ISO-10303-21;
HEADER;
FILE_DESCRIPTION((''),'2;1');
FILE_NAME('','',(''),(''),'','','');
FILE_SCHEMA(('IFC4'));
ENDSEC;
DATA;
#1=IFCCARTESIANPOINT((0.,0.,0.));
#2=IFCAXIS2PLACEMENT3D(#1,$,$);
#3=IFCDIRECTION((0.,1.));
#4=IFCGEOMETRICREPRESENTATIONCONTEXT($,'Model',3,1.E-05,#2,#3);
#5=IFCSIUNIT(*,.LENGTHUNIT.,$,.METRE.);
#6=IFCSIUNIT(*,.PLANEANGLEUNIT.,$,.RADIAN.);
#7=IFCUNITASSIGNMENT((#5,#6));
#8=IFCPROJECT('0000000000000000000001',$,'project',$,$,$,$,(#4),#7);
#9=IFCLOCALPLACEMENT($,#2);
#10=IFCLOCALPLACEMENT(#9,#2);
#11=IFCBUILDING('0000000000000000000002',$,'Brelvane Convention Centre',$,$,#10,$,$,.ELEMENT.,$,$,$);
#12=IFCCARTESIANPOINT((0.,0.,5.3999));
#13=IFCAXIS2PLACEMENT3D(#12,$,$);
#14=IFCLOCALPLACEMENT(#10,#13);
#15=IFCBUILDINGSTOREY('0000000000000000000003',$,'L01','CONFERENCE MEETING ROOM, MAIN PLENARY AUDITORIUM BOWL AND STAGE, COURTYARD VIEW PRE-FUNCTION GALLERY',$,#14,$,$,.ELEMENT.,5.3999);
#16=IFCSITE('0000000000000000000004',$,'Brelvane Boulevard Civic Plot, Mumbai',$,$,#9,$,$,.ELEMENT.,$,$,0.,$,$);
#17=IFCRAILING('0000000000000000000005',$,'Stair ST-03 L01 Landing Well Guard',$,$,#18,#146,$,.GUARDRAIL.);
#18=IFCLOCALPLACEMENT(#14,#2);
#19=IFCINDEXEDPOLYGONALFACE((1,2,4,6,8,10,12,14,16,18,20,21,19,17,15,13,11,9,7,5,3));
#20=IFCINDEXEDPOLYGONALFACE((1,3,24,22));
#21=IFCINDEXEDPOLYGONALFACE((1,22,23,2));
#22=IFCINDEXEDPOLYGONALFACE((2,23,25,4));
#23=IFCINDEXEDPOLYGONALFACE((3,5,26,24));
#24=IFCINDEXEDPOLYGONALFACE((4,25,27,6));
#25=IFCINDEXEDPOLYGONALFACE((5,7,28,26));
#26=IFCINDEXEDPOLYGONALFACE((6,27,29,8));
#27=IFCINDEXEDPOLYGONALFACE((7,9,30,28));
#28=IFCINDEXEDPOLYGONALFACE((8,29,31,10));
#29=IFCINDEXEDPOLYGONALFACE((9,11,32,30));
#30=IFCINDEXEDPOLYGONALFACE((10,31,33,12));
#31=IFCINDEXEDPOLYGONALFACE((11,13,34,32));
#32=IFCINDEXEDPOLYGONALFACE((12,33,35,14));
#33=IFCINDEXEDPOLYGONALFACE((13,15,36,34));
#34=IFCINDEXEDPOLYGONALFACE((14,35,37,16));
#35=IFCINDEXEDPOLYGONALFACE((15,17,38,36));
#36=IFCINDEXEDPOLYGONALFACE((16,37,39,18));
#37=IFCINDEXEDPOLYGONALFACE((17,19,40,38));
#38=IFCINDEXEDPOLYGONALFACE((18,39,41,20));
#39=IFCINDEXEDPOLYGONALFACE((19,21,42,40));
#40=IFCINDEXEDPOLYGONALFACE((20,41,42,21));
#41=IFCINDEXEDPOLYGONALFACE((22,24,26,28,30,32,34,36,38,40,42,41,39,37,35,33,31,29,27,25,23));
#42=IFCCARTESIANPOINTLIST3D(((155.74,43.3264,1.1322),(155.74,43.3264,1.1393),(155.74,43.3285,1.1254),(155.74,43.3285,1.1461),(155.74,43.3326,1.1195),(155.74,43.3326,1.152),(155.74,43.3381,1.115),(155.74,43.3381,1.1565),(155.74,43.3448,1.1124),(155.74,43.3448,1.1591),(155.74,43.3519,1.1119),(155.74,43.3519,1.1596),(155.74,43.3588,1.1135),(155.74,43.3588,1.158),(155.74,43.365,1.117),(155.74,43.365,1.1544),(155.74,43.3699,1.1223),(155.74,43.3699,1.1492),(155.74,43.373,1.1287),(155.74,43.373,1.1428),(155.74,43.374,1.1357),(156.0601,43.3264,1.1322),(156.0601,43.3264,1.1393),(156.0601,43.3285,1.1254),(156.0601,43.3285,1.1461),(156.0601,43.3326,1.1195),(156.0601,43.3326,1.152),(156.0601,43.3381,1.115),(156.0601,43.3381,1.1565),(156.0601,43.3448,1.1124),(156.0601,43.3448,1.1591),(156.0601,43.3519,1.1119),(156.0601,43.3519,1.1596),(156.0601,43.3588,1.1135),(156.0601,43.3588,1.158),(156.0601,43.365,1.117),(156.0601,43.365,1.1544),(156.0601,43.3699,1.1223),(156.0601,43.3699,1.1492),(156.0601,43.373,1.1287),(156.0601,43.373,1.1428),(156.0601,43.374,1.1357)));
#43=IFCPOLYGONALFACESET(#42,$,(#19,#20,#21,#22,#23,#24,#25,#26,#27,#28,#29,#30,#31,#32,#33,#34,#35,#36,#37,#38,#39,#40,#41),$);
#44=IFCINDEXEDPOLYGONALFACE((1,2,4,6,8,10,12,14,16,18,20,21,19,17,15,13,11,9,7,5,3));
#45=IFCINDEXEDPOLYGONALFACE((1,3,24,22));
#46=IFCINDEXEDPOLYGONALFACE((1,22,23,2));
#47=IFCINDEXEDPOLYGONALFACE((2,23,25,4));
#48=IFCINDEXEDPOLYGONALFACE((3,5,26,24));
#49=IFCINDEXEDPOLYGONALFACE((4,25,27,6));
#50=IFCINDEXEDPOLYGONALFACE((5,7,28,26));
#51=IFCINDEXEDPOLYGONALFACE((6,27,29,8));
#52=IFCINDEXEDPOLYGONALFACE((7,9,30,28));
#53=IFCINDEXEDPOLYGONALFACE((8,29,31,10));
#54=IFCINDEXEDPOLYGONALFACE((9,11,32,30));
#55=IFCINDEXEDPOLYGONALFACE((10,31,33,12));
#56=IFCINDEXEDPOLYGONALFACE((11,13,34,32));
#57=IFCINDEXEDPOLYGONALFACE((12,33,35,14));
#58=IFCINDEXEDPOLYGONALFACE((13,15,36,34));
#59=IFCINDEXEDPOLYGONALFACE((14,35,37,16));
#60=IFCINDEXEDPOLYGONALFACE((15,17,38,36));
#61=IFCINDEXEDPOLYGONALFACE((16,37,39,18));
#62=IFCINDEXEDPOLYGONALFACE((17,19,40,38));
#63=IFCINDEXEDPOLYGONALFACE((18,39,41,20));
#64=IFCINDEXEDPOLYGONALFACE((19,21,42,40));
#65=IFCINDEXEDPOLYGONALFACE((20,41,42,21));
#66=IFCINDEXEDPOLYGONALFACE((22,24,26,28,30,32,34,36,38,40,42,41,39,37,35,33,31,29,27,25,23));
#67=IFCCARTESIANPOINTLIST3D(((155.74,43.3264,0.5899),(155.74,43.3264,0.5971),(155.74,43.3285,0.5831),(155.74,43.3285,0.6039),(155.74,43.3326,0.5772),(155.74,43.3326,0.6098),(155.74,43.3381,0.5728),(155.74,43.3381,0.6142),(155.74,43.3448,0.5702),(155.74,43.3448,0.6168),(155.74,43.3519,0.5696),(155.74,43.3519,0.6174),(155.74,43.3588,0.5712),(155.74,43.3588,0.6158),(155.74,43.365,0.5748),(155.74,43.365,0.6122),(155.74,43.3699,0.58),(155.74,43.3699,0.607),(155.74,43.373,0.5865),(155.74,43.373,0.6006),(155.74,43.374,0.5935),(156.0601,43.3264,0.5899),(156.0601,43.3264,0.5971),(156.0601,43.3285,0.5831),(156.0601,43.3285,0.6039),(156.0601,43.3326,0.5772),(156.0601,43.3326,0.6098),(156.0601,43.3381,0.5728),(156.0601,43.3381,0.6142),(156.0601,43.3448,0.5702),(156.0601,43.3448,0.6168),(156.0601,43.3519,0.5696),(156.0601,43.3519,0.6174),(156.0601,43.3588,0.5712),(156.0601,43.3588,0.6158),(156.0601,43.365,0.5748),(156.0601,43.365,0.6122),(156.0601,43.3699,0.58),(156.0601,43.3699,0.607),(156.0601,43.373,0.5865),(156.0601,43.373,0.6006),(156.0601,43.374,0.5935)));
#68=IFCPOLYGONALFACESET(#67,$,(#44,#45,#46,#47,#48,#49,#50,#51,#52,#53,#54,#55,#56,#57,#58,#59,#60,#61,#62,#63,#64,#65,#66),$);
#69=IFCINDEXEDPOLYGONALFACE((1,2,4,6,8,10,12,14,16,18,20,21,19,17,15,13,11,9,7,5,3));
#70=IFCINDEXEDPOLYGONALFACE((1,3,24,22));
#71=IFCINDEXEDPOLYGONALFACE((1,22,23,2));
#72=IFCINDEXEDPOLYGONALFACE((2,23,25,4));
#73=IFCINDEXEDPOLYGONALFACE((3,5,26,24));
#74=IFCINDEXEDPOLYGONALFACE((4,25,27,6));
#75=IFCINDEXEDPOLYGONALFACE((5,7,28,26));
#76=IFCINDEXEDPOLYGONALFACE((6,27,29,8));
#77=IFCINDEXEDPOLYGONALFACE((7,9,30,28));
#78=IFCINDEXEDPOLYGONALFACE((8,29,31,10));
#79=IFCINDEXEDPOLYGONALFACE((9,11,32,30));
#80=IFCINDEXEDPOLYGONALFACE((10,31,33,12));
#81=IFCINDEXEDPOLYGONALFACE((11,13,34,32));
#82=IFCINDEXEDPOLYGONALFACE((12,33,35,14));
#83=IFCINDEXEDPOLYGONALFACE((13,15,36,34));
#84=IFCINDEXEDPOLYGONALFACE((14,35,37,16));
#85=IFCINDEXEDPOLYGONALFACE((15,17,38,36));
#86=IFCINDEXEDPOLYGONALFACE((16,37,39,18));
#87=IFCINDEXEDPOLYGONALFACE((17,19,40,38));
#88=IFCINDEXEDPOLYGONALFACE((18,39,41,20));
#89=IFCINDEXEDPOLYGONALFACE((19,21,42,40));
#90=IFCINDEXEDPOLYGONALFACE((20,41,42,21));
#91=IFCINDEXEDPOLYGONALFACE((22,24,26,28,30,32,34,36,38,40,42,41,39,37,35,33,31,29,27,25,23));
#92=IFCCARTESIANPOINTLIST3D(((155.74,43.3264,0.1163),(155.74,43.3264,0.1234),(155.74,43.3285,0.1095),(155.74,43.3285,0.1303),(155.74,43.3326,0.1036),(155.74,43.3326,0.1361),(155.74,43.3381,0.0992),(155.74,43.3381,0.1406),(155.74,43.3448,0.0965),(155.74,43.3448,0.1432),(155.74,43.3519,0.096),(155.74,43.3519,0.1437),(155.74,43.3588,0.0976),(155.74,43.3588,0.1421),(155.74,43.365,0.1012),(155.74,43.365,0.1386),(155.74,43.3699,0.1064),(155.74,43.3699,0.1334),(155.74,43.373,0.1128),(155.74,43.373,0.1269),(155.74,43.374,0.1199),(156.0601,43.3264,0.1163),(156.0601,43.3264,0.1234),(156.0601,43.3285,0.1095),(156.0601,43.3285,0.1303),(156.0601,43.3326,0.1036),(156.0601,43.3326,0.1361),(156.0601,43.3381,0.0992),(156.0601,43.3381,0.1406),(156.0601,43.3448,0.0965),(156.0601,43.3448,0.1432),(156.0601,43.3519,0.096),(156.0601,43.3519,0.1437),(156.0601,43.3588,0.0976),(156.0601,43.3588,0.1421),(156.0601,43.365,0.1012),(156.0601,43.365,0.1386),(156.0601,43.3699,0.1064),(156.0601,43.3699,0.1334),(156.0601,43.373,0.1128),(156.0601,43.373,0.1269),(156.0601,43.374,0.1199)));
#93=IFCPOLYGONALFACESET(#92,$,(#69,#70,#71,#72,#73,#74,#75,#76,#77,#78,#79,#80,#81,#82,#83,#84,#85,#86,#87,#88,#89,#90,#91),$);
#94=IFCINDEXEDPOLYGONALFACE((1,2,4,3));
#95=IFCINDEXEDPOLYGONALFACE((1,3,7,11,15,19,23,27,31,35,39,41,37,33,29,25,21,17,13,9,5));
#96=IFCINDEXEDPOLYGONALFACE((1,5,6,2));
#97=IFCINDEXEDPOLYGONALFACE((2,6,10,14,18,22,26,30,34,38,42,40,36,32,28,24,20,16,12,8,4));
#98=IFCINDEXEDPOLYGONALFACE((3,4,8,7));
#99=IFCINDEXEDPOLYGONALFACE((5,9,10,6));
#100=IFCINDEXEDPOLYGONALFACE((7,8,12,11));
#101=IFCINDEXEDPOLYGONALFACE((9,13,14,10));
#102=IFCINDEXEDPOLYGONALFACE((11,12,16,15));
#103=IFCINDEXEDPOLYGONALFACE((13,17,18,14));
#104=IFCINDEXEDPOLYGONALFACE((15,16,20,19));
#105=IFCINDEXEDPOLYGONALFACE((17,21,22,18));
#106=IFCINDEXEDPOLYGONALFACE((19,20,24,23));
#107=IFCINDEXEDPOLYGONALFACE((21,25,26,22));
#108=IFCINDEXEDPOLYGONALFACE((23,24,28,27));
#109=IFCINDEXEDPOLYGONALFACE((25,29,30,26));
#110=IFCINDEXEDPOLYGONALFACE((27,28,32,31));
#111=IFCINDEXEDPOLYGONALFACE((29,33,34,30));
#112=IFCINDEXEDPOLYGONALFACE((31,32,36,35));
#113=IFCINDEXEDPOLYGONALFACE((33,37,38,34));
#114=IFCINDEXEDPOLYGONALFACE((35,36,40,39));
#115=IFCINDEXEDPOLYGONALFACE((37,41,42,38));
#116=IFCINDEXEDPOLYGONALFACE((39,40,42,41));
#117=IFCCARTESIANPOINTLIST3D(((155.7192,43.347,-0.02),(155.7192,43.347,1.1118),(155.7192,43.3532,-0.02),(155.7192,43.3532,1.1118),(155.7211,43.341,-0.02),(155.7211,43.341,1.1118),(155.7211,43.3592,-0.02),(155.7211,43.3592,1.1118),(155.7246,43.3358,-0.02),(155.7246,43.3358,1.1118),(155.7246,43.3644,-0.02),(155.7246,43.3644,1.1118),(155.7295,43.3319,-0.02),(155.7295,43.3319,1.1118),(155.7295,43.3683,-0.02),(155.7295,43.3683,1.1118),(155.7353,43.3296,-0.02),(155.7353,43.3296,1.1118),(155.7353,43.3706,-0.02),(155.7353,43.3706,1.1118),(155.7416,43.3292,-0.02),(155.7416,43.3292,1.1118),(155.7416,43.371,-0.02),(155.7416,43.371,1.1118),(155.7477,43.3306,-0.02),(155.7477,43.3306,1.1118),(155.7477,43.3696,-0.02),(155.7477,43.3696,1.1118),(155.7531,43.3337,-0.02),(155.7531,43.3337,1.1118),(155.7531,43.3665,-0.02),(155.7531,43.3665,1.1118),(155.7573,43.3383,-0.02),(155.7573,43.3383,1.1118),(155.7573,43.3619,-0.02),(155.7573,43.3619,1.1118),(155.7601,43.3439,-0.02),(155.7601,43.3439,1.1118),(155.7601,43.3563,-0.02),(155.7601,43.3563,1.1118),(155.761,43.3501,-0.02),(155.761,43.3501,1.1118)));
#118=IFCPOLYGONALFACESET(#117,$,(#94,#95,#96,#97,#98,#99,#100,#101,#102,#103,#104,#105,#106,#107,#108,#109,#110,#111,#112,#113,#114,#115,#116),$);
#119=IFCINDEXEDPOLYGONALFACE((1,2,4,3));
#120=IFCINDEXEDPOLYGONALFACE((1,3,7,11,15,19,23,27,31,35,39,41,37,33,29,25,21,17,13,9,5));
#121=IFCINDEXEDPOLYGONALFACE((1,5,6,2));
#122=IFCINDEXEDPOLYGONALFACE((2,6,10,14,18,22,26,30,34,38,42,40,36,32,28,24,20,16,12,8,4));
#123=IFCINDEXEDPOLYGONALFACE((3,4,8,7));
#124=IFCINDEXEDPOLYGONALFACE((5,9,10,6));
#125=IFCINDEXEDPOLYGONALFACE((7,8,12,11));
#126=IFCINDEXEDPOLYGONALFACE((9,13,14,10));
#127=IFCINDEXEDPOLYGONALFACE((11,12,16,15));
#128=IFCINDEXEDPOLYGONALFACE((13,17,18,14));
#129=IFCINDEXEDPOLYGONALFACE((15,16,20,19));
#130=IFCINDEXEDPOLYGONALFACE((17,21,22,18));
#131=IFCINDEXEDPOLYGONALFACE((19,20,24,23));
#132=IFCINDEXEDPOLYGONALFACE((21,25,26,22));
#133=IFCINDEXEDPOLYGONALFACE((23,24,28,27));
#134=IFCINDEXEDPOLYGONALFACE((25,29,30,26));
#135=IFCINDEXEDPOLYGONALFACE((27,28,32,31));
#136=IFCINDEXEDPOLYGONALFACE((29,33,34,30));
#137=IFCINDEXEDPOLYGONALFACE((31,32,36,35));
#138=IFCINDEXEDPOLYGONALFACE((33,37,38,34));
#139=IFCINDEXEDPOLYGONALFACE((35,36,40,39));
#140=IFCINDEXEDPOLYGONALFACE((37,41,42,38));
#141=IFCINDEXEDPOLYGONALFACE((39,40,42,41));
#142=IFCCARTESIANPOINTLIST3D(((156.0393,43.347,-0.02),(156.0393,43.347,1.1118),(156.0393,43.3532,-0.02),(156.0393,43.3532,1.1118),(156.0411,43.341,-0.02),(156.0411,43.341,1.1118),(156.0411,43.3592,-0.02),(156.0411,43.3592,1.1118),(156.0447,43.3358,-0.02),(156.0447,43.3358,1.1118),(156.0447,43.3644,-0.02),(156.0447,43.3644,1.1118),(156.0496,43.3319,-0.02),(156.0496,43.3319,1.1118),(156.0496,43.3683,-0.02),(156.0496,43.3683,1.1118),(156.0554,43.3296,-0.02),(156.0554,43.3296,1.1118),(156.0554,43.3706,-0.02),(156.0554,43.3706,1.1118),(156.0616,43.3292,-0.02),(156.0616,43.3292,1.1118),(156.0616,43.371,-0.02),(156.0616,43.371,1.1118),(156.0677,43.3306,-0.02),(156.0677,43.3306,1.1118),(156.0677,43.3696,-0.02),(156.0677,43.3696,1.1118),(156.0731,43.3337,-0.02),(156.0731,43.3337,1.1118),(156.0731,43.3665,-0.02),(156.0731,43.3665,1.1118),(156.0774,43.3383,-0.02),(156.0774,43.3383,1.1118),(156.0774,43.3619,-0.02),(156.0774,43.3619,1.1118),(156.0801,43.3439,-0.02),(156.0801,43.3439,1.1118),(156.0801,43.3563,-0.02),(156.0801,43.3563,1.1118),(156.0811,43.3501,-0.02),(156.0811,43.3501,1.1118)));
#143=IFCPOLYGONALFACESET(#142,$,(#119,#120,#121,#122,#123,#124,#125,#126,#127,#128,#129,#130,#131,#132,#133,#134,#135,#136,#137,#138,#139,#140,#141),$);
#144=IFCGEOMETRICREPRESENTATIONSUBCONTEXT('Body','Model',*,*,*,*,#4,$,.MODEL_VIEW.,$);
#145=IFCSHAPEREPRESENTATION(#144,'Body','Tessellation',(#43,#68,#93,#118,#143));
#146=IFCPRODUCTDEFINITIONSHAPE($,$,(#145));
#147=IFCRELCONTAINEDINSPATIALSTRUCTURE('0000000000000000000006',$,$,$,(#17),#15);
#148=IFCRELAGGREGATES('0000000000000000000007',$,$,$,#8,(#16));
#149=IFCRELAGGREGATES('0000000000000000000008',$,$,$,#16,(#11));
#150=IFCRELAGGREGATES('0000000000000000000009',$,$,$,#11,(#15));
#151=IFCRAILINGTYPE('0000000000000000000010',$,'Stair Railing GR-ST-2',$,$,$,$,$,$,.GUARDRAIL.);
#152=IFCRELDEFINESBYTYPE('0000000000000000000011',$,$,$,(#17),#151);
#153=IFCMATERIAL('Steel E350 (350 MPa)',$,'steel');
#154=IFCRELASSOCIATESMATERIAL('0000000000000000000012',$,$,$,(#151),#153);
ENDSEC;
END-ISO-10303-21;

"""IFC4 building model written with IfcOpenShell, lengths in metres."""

from ifc_helpers import new_model, si_unit, direction, frame, origin, origin_2d, place, context, subcontext, project, spatial, circle, extrude, material, type_object, element, save


model = new_model("IFC4")

# Units and contexts
model_context = context("Model", 3, precision=1e-05, world=origin(), true_north=direction((0.0, 1.0)))
body_context = subcontext(model_context, "Body", "Model", "MODEL_VIEW")
ifc_project = project(units=[si_unit("LENGTHUNIT", "METRE"), si_unit("PLANEANGLEUNIT", "RADIAN")], contexts=[model_context])

# Site, building, storey
site_placement = place(None, origin())
site = spatial("IfcSite", under=ifc_project, at=site_placement, Name="Brelvane Boulevard Civic Plot, Mumbai", CompositionType="ELEMENT", RefElevation=0.0)
building_placement = place(site_placement, origin())
building = spatial("IfcBuilding", under=site, at=building_placement, Name="Brelvane Convention Centre", CompositionType="ELEMENT")
storey_placement = place(building_placement, frame((0.0, 0.0, 5.3999)))
storey = spatial("IfcBuildingStorey", under=building, at=storey_placement, Name="L01", Description="CONFERENCE MEETING ROOM, MAIN PLENARY AUDITORIUM BOWL AND STAGE, COURTYARD VIEW PRE-FUNCTION GALLERY", CompositionType="ELEMENT", Elevation=5.3999)

# Railing
ifc_material_1 = material(Name="Steel E350 (350 MPa)", Category="steel")
railing_type_1 = type_object("IfcRailingType", Name="Stair Railing GR-ST-2", PredefinedType="GUARDRAIL", material=ifc_material_1)
railing_1_placement = place(storey_placement, frame((155.74, 43.3501, -0.02)))
element("IfcRailing", 1, at=railing_1_placement, inside=storey, type_object=railing_type_1, Name="Stair ST-03 L01 Landing Well Guard", PredefinedType="GUARDRAIL", context=body_context, shape_type="SweptSolid", body=[
    extrude(circle(Radius=0.0239, at=origin_2d()), frame((0.0, 0.0, 1.1558), z_axis=(1.0, 0.0, 0.0), x_axis=(0.0, 1.0, 0.0)), (0.0, 0.0, 1.0), 0.3201),
    extrude(circle(Radius=0.0239, at=origin_2d()), frame((0.0, 0.0, 0.6135), z_axis=(1.0, 0.0, 0.0), x_axis=(0.0, 1.0, 0.0)), (0.0, 0.0, 1.0), 0.3201),
    extrude(circle(Radius=0.0239, at=origin_2d()), frame((0.0, 0.0, 0.1399), z_axis=(1.0, 0.0, 0.0), x_axis=(0.0, 1.0, 0.0)), (0.0, 0.0, 1.0), 0.3201),
    extrude(circle(Radius=0.021, at=origin_2d()), origin(), (0.0, 0.0, 1.0), 1.1318),
    extrude(circle(Radius=0.021, at=origin_2d()), frame((0.3201, 0.0, 0.0)), (0.0, 0.0, 1.0), 1.1318),
])

save(model, "model.ifc")
